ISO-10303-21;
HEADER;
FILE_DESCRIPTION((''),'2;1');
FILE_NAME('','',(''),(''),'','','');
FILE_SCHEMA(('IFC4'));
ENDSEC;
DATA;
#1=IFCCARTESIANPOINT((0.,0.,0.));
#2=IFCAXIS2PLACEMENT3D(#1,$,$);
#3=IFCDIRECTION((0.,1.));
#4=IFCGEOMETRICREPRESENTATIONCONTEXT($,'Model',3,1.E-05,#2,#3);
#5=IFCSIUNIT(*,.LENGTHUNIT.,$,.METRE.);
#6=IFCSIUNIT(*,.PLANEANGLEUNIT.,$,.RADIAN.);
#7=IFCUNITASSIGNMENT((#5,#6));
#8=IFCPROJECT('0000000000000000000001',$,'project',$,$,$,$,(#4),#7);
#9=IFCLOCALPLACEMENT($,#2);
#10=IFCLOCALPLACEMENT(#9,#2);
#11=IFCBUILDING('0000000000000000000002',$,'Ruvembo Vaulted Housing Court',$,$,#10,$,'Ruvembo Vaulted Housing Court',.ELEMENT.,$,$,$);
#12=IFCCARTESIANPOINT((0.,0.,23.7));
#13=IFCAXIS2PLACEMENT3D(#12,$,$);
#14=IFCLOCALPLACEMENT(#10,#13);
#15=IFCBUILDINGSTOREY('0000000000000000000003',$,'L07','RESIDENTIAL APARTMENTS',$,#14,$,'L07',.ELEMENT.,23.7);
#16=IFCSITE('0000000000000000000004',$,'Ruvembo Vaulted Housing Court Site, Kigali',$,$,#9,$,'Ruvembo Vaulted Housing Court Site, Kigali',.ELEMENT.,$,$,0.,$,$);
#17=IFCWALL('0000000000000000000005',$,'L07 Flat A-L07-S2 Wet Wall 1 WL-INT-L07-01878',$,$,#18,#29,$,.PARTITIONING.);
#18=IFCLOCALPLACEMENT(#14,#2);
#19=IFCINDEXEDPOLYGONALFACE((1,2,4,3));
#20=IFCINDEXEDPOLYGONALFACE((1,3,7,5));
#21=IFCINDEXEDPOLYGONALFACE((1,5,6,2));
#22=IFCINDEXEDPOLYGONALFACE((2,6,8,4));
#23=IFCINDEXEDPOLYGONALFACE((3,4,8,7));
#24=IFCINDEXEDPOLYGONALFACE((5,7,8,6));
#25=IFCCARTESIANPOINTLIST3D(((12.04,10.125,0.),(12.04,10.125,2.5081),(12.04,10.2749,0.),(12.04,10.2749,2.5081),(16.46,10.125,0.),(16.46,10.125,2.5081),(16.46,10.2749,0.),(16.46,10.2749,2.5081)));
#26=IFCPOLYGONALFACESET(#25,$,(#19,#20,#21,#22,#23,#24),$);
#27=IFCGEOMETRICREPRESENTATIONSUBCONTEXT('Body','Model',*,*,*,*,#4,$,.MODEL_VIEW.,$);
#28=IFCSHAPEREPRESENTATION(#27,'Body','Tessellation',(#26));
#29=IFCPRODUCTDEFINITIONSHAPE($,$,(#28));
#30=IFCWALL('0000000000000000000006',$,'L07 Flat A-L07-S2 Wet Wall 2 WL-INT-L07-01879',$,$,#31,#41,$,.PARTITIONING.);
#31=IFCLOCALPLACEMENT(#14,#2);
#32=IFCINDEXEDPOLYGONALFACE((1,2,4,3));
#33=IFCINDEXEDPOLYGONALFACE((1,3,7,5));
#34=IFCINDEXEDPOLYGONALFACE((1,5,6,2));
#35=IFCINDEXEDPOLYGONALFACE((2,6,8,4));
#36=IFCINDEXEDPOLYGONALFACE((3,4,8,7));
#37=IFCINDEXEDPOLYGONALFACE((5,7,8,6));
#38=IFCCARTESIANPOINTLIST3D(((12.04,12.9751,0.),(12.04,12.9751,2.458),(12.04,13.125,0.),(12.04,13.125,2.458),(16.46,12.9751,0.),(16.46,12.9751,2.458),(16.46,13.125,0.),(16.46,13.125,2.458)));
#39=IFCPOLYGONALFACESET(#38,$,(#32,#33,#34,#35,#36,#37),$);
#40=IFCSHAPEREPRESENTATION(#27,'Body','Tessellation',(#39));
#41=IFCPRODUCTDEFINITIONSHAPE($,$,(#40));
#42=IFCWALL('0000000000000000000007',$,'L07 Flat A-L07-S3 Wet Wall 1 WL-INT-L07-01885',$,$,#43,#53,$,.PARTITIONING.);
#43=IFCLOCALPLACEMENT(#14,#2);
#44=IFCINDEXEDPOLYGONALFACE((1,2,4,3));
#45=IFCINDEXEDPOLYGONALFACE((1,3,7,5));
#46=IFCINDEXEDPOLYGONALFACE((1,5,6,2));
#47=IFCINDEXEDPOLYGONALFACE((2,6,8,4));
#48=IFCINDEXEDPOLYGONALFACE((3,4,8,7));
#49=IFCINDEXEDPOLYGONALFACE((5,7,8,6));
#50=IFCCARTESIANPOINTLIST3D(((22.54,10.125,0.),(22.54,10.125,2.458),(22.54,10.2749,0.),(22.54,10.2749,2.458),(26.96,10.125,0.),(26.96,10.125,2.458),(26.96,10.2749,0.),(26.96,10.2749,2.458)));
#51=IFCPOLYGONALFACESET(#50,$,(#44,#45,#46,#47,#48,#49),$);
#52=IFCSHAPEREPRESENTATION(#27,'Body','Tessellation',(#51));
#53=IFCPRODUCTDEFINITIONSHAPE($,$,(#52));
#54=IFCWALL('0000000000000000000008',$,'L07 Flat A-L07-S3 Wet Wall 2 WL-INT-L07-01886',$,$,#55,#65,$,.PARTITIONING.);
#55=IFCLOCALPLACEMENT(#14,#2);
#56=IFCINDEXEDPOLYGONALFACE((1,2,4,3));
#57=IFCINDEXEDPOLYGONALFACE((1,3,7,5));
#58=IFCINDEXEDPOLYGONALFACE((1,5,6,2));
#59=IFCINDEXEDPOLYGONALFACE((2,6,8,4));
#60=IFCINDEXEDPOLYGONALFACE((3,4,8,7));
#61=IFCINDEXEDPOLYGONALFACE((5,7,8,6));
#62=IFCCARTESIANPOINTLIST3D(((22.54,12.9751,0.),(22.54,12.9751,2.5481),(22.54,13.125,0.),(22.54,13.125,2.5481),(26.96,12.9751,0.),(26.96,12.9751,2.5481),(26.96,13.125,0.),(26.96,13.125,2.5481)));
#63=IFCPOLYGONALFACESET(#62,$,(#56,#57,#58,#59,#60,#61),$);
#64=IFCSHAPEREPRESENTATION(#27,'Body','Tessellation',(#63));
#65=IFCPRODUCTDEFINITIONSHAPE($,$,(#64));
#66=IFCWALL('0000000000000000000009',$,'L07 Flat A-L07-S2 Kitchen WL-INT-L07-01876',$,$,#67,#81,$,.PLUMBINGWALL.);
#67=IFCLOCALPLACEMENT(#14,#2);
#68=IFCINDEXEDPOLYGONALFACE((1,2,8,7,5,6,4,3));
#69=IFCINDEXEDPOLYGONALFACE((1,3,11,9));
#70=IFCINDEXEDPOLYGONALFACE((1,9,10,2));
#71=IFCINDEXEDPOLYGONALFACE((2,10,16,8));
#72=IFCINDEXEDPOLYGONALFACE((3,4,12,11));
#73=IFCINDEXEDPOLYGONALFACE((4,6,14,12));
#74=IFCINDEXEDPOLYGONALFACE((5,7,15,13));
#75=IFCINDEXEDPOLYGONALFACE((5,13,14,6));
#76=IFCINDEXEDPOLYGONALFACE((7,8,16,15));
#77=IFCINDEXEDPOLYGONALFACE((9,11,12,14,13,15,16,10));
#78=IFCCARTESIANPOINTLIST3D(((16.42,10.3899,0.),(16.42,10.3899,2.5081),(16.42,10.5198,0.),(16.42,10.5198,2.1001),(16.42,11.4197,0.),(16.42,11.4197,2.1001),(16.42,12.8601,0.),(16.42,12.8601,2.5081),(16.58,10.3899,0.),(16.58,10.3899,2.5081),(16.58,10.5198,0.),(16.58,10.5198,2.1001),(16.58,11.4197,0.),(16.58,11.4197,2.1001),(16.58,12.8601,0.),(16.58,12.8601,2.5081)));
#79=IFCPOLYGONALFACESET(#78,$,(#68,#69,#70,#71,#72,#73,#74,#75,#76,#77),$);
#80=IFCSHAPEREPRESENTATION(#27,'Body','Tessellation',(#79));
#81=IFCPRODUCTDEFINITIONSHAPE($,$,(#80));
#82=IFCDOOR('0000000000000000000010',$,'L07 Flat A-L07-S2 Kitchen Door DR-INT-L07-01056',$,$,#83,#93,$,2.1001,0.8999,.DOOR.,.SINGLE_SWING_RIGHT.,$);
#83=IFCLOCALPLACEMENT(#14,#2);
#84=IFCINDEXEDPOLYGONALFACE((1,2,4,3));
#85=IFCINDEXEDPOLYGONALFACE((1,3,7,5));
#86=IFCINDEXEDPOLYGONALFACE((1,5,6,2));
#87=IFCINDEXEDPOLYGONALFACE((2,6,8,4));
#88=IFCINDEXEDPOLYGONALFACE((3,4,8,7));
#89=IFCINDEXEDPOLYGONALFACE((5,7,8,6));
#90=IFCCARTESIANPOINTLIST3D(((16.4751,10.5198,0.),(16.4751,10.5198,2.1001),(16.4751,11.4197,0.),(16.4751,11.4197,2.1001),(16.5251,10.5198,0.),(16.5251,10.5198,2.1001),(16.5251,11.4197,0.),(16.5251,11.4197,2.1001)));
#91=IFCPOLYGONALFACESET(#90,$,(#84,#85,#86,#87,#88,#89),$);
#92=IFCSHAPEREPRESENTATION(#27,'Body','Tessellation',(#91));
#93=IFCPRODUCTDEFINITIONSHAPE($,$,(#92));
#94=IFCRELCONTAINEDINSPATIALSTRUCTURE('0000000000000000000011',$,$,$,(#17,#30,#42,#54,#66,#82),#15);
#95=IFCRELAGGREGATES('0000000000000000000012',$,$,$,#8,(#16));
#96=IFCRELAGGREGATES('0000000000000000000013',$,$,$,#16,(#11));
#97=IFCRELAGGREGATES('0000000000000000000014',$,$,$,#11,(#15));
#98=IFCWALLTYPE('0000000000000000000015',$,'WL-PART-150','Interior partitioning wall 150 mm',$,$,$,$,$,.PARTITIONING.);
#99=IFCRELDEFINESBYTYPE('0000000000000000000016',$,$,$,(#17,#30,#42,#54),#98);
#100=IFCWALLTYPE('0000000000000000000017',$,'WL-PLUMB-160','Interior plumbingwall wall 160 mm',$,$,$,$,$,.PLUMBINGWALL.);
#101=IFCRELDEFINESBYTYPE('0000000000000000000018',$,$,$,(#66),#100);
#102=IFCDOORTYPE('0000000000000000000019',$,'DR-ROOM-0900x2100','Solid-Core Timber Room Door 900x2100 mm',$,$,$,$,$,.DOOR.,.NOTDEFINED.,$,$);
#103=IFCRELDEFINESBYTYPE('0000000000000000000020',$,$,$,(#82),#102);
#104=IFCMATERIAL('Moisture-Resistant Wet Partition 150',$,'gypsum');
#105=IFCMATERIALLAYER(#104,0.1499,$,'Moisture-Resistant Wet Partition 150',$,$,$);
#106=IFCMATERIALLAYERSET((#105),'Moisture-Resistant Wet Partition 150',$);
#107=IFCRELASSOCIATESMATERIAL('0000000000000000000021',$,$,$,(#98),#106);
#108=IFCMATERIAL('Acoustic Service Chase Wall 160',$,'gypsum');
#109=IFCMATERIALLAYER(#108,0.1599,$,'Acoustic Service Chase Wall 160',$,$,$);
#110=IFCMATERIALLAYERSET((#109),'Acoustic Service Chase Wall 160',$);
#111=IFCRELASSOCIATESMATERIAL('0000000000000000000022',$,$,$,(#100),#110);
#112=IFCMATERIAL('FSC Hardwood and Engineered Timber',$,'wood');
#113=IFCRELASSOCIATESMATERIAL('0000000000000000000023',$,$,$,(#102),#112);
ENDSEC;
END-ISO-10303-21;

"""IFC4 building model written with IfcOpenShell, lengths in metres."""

from ifc_helpers import new_model, si_unit, direction, frame, frame_2d, origin, place, context, subcontext, project, spatial, rectangle, extrude, material, layer, layer_set, type_object, element, fill, save


model = new_model("IFC4")

# Units and contexts
model_context = context("Model", 3, precision=1e-05, world=origin(), true_north=direction((0.0, 1.0)))
body_context = subcontext(model_context, "Body", "Model", "MODEL_VIEW")
ifc_project = project(units=[si_unit("LENGTHUNIT", "METRE"), si_unit("PLANEANGLEUNIT", "RADIAN")], contexts=[model_context])

# Site, building, storey
site_placement = place(None, origin())
site = spatial("IfcSite", under=ifc_project, at=site_placement, Name="Ruvembo Vaulted Housing Court Site, Kigali", LongName="Ruvembo Vaulted Housing Court Site, Kigali", CompositionType="ELEMENT", RefElevation=0.0)
building_placement = place(site_placement, origin())
building = spatial("IfcBuilding", under=site, at=building_placement, Name="Ruvembo Vaulted Housing Court", LongName="Ruvembo Vaulted Housing Court", CompositionType="ELEMENT")
storey_placement = place(building_placement, frame((0.0, 0.0, 23.7)))
storey = spatial("IfcBuildingStorey", under=building, at=storey_placement, Name="L07", Description="RESIDENTIAL APARTMENTS", LongName="L07", CompositionType="ELEMENT", Elevation=23.7)

# Shared definitions
ifc_material_1 = material(Name="FSC Hardwood and Engineered Timber", Category="wood")
ifc_material_2 = material(Name="Moisture-Resistant Wet Partition 150", Category="gypsum")
ifc_layer_1 = layer(ifc_material_2, 0.1499, Name="Moisture-Resistant Wet Partition 150")
ifc_layer_set_1 = layer_set([ifc_layer_1], Name="Moisture-Resistant Wet Partition 150")
wall_type_1 = type_object("IfcWallType", Name="WL-PART-150", Description="Interior partitioning wall 150 mm", PredefinedType="PARTITIONING", material=ifc_layer_set_1)

# Walls
wall_1_placement = place(storey_placement, frame((12.04, 10.2, 0.0), z_axis=(0.0, 0.0, 1.0), x_axis=(1.0, 0.0, 0.0)))
element("IfcWall", 1, at=wall_1_placement, inside=storey, type_object=wall_type_1, Name="L07 Flat A-L07-S2 Wet Wall 1 WL-INT-L07-01878", PredefinedType="PARTITIONING", context=body_context, shape_type="SweptSolid", body=[
    extrude(rectangle(XDim=4.4199, YDim=0.1499, at=frame_2d((2.21, 0.0))), origin(), (0.0, 0.0, 1.0), 2.5081),
])
for number, where, z_axis, x_axis, name in (
    (2, (12.04, 13.05, 0.0), (0.0, 0.0, 1.0), (1.0, 0.0, 0.0), "L07 Flat A-L07-S2 Wet Wall 2 WL-INT-L07-01879"),
    (3, (22.54, 10.2, 0.0), (0.0, 0.0, 1.0), (1.0, 0.0, 0.0), "L07 Flat A-L07-S3 Wet Wall 1 WL-INT-L07-01885"),
):
    element("IfcWall", number, at=place(storey_placement, frame(where, z_axis=z_axis, x_axis=x_axis)), inside=storey, type_object=wall_type_1, Name=name, PredefinedType="PARTITIONING", context=body_context, shape_type="SweptSolid", body=[
        extrude(rectangle(XDim=4.4199, YDim=0.1499, at=frame_2d((2.21, 0.0))), origin(), (0.0, 0.0, 1.0), 2.458),
    ])
wall_2_placement = place(storey_placement, frame((22.54, 13.05, 0.0), z_axis=(0.0, 0.0, 1.0), x_axis=(1.0, 0.0, 0.0)))
element("IfcWall", 4, at=wall_2_placement, inside=storey, type_object=wall_type_1, Name="L07 Flat A-L07-S3 Wet Wall 2 WL-INT-L07-01886", PredefinedType="PARTITIONING", context=body_context, shape_type="SweptSolid", body=[
    extrude(rectangle(XDim=4.4199, YDim=0.1499, at=frame_2d((2.21, 0.0))), origin(), (0.0, 0.0, 1.0), 2.5481),
])

# Wall, opening, door
ifc_material_3 = material(Name="Acoustic Service Chase Wall 160", Category="gypsum")
ifc_layer_2 = layer(ifc_material_3, 0.1599, Name="Acoustic Service Chase Wall 160")
ifc_layer_set_2 = layer_set([ifc_layer_2], Name="Acoustic Service Chase Wall 160")
wall_type_2 = type_object("IfcWallType", Name="WL-PLUMB-160", Description="Interior plumbingwall wall 160 mm", PredefinedType="PLUMBINGWALL", material=ifc_layer_set_2)
wall_3_placement = place(storey_placement, frame((16.5, 10.3899, 0.0), z_axis=(0.0, 0.0, 1.0), x_axis=(0.0, 1.0, 0.0)))
wall_3 = element("IfcWall", 5, at=wall_3_placement, inside=storey, type_object=wall_type_2, Name="L07 Flat A-L07-S2 Kitchen WL-INT-L07-01876", PredefinedType="PLUMBINGWALL", context=body_context, shape_type="SweptSolid", body=[
    extrude(rectangle(XDim=2.4702, YDim=0.1599, at=frame_2d((1.2351, 0.0))), origin(), (0.0, 0.0, 1.0), 2.5081),
])
opening_1_placement = place(wall_3_placement, frame((0.1299, 0.0, 0.0)))
opening_1 = element("IfcOpeningElement", 6, at=opening_1_placement, cuts=wall_3, PredefinedType="OPENING", context=body_context, shape_type="SweptSolid", body=[
    extrude(rectangle(XDim=0.8999, YDim=2.1001, at=frame_2d((0.45, 1.05))), frame((0.0, 0.0898, 0.0), z_axis=(0.0, -1.0, 0.0), x_axis=(1.0, 0.0, 0.0)), (0.0, 0.0, 1.0), 0.1799),
])
door_type_1 = type_object("IfcDoorType", Name="DR-ROOM-0900x2100", Description="Solid-Core Timber Room Door 900x2100 mm", OperationType="NOTDEFINED", PredefinedType="DOOR", material=ifc_material_1)
door_1_placement = place(opening_1_placement, origin())
door_1 = element("IfcDoor", 7, at=door_1_placement, inside=storey, type_object=door_type_1, Name="L07 Flat A-L07-S2 Kitchen Door DR-INT-L07-01056", OperationType="SINGLE_SWING_RIGHT", OverallHeight=2.1001, OverallWidth=0.8999, PredefinedType="DOOR", context=body_context, shape_type="SweptSolid", body=[
    extrude(rectangle(XDim=0.8999, YDim=2.1001, at=frame_2d((0.45, 1.05))), frame((0.0, 0.0249, 0.0), z_axis=(0.0, -1.0, 0.0), x_axis=(1.0, 0.0, 0.0)), (0.0, 0.0, 1.0), 0.05),
])
fill(opening_1, door_1)

save(model, "model.ifc")
